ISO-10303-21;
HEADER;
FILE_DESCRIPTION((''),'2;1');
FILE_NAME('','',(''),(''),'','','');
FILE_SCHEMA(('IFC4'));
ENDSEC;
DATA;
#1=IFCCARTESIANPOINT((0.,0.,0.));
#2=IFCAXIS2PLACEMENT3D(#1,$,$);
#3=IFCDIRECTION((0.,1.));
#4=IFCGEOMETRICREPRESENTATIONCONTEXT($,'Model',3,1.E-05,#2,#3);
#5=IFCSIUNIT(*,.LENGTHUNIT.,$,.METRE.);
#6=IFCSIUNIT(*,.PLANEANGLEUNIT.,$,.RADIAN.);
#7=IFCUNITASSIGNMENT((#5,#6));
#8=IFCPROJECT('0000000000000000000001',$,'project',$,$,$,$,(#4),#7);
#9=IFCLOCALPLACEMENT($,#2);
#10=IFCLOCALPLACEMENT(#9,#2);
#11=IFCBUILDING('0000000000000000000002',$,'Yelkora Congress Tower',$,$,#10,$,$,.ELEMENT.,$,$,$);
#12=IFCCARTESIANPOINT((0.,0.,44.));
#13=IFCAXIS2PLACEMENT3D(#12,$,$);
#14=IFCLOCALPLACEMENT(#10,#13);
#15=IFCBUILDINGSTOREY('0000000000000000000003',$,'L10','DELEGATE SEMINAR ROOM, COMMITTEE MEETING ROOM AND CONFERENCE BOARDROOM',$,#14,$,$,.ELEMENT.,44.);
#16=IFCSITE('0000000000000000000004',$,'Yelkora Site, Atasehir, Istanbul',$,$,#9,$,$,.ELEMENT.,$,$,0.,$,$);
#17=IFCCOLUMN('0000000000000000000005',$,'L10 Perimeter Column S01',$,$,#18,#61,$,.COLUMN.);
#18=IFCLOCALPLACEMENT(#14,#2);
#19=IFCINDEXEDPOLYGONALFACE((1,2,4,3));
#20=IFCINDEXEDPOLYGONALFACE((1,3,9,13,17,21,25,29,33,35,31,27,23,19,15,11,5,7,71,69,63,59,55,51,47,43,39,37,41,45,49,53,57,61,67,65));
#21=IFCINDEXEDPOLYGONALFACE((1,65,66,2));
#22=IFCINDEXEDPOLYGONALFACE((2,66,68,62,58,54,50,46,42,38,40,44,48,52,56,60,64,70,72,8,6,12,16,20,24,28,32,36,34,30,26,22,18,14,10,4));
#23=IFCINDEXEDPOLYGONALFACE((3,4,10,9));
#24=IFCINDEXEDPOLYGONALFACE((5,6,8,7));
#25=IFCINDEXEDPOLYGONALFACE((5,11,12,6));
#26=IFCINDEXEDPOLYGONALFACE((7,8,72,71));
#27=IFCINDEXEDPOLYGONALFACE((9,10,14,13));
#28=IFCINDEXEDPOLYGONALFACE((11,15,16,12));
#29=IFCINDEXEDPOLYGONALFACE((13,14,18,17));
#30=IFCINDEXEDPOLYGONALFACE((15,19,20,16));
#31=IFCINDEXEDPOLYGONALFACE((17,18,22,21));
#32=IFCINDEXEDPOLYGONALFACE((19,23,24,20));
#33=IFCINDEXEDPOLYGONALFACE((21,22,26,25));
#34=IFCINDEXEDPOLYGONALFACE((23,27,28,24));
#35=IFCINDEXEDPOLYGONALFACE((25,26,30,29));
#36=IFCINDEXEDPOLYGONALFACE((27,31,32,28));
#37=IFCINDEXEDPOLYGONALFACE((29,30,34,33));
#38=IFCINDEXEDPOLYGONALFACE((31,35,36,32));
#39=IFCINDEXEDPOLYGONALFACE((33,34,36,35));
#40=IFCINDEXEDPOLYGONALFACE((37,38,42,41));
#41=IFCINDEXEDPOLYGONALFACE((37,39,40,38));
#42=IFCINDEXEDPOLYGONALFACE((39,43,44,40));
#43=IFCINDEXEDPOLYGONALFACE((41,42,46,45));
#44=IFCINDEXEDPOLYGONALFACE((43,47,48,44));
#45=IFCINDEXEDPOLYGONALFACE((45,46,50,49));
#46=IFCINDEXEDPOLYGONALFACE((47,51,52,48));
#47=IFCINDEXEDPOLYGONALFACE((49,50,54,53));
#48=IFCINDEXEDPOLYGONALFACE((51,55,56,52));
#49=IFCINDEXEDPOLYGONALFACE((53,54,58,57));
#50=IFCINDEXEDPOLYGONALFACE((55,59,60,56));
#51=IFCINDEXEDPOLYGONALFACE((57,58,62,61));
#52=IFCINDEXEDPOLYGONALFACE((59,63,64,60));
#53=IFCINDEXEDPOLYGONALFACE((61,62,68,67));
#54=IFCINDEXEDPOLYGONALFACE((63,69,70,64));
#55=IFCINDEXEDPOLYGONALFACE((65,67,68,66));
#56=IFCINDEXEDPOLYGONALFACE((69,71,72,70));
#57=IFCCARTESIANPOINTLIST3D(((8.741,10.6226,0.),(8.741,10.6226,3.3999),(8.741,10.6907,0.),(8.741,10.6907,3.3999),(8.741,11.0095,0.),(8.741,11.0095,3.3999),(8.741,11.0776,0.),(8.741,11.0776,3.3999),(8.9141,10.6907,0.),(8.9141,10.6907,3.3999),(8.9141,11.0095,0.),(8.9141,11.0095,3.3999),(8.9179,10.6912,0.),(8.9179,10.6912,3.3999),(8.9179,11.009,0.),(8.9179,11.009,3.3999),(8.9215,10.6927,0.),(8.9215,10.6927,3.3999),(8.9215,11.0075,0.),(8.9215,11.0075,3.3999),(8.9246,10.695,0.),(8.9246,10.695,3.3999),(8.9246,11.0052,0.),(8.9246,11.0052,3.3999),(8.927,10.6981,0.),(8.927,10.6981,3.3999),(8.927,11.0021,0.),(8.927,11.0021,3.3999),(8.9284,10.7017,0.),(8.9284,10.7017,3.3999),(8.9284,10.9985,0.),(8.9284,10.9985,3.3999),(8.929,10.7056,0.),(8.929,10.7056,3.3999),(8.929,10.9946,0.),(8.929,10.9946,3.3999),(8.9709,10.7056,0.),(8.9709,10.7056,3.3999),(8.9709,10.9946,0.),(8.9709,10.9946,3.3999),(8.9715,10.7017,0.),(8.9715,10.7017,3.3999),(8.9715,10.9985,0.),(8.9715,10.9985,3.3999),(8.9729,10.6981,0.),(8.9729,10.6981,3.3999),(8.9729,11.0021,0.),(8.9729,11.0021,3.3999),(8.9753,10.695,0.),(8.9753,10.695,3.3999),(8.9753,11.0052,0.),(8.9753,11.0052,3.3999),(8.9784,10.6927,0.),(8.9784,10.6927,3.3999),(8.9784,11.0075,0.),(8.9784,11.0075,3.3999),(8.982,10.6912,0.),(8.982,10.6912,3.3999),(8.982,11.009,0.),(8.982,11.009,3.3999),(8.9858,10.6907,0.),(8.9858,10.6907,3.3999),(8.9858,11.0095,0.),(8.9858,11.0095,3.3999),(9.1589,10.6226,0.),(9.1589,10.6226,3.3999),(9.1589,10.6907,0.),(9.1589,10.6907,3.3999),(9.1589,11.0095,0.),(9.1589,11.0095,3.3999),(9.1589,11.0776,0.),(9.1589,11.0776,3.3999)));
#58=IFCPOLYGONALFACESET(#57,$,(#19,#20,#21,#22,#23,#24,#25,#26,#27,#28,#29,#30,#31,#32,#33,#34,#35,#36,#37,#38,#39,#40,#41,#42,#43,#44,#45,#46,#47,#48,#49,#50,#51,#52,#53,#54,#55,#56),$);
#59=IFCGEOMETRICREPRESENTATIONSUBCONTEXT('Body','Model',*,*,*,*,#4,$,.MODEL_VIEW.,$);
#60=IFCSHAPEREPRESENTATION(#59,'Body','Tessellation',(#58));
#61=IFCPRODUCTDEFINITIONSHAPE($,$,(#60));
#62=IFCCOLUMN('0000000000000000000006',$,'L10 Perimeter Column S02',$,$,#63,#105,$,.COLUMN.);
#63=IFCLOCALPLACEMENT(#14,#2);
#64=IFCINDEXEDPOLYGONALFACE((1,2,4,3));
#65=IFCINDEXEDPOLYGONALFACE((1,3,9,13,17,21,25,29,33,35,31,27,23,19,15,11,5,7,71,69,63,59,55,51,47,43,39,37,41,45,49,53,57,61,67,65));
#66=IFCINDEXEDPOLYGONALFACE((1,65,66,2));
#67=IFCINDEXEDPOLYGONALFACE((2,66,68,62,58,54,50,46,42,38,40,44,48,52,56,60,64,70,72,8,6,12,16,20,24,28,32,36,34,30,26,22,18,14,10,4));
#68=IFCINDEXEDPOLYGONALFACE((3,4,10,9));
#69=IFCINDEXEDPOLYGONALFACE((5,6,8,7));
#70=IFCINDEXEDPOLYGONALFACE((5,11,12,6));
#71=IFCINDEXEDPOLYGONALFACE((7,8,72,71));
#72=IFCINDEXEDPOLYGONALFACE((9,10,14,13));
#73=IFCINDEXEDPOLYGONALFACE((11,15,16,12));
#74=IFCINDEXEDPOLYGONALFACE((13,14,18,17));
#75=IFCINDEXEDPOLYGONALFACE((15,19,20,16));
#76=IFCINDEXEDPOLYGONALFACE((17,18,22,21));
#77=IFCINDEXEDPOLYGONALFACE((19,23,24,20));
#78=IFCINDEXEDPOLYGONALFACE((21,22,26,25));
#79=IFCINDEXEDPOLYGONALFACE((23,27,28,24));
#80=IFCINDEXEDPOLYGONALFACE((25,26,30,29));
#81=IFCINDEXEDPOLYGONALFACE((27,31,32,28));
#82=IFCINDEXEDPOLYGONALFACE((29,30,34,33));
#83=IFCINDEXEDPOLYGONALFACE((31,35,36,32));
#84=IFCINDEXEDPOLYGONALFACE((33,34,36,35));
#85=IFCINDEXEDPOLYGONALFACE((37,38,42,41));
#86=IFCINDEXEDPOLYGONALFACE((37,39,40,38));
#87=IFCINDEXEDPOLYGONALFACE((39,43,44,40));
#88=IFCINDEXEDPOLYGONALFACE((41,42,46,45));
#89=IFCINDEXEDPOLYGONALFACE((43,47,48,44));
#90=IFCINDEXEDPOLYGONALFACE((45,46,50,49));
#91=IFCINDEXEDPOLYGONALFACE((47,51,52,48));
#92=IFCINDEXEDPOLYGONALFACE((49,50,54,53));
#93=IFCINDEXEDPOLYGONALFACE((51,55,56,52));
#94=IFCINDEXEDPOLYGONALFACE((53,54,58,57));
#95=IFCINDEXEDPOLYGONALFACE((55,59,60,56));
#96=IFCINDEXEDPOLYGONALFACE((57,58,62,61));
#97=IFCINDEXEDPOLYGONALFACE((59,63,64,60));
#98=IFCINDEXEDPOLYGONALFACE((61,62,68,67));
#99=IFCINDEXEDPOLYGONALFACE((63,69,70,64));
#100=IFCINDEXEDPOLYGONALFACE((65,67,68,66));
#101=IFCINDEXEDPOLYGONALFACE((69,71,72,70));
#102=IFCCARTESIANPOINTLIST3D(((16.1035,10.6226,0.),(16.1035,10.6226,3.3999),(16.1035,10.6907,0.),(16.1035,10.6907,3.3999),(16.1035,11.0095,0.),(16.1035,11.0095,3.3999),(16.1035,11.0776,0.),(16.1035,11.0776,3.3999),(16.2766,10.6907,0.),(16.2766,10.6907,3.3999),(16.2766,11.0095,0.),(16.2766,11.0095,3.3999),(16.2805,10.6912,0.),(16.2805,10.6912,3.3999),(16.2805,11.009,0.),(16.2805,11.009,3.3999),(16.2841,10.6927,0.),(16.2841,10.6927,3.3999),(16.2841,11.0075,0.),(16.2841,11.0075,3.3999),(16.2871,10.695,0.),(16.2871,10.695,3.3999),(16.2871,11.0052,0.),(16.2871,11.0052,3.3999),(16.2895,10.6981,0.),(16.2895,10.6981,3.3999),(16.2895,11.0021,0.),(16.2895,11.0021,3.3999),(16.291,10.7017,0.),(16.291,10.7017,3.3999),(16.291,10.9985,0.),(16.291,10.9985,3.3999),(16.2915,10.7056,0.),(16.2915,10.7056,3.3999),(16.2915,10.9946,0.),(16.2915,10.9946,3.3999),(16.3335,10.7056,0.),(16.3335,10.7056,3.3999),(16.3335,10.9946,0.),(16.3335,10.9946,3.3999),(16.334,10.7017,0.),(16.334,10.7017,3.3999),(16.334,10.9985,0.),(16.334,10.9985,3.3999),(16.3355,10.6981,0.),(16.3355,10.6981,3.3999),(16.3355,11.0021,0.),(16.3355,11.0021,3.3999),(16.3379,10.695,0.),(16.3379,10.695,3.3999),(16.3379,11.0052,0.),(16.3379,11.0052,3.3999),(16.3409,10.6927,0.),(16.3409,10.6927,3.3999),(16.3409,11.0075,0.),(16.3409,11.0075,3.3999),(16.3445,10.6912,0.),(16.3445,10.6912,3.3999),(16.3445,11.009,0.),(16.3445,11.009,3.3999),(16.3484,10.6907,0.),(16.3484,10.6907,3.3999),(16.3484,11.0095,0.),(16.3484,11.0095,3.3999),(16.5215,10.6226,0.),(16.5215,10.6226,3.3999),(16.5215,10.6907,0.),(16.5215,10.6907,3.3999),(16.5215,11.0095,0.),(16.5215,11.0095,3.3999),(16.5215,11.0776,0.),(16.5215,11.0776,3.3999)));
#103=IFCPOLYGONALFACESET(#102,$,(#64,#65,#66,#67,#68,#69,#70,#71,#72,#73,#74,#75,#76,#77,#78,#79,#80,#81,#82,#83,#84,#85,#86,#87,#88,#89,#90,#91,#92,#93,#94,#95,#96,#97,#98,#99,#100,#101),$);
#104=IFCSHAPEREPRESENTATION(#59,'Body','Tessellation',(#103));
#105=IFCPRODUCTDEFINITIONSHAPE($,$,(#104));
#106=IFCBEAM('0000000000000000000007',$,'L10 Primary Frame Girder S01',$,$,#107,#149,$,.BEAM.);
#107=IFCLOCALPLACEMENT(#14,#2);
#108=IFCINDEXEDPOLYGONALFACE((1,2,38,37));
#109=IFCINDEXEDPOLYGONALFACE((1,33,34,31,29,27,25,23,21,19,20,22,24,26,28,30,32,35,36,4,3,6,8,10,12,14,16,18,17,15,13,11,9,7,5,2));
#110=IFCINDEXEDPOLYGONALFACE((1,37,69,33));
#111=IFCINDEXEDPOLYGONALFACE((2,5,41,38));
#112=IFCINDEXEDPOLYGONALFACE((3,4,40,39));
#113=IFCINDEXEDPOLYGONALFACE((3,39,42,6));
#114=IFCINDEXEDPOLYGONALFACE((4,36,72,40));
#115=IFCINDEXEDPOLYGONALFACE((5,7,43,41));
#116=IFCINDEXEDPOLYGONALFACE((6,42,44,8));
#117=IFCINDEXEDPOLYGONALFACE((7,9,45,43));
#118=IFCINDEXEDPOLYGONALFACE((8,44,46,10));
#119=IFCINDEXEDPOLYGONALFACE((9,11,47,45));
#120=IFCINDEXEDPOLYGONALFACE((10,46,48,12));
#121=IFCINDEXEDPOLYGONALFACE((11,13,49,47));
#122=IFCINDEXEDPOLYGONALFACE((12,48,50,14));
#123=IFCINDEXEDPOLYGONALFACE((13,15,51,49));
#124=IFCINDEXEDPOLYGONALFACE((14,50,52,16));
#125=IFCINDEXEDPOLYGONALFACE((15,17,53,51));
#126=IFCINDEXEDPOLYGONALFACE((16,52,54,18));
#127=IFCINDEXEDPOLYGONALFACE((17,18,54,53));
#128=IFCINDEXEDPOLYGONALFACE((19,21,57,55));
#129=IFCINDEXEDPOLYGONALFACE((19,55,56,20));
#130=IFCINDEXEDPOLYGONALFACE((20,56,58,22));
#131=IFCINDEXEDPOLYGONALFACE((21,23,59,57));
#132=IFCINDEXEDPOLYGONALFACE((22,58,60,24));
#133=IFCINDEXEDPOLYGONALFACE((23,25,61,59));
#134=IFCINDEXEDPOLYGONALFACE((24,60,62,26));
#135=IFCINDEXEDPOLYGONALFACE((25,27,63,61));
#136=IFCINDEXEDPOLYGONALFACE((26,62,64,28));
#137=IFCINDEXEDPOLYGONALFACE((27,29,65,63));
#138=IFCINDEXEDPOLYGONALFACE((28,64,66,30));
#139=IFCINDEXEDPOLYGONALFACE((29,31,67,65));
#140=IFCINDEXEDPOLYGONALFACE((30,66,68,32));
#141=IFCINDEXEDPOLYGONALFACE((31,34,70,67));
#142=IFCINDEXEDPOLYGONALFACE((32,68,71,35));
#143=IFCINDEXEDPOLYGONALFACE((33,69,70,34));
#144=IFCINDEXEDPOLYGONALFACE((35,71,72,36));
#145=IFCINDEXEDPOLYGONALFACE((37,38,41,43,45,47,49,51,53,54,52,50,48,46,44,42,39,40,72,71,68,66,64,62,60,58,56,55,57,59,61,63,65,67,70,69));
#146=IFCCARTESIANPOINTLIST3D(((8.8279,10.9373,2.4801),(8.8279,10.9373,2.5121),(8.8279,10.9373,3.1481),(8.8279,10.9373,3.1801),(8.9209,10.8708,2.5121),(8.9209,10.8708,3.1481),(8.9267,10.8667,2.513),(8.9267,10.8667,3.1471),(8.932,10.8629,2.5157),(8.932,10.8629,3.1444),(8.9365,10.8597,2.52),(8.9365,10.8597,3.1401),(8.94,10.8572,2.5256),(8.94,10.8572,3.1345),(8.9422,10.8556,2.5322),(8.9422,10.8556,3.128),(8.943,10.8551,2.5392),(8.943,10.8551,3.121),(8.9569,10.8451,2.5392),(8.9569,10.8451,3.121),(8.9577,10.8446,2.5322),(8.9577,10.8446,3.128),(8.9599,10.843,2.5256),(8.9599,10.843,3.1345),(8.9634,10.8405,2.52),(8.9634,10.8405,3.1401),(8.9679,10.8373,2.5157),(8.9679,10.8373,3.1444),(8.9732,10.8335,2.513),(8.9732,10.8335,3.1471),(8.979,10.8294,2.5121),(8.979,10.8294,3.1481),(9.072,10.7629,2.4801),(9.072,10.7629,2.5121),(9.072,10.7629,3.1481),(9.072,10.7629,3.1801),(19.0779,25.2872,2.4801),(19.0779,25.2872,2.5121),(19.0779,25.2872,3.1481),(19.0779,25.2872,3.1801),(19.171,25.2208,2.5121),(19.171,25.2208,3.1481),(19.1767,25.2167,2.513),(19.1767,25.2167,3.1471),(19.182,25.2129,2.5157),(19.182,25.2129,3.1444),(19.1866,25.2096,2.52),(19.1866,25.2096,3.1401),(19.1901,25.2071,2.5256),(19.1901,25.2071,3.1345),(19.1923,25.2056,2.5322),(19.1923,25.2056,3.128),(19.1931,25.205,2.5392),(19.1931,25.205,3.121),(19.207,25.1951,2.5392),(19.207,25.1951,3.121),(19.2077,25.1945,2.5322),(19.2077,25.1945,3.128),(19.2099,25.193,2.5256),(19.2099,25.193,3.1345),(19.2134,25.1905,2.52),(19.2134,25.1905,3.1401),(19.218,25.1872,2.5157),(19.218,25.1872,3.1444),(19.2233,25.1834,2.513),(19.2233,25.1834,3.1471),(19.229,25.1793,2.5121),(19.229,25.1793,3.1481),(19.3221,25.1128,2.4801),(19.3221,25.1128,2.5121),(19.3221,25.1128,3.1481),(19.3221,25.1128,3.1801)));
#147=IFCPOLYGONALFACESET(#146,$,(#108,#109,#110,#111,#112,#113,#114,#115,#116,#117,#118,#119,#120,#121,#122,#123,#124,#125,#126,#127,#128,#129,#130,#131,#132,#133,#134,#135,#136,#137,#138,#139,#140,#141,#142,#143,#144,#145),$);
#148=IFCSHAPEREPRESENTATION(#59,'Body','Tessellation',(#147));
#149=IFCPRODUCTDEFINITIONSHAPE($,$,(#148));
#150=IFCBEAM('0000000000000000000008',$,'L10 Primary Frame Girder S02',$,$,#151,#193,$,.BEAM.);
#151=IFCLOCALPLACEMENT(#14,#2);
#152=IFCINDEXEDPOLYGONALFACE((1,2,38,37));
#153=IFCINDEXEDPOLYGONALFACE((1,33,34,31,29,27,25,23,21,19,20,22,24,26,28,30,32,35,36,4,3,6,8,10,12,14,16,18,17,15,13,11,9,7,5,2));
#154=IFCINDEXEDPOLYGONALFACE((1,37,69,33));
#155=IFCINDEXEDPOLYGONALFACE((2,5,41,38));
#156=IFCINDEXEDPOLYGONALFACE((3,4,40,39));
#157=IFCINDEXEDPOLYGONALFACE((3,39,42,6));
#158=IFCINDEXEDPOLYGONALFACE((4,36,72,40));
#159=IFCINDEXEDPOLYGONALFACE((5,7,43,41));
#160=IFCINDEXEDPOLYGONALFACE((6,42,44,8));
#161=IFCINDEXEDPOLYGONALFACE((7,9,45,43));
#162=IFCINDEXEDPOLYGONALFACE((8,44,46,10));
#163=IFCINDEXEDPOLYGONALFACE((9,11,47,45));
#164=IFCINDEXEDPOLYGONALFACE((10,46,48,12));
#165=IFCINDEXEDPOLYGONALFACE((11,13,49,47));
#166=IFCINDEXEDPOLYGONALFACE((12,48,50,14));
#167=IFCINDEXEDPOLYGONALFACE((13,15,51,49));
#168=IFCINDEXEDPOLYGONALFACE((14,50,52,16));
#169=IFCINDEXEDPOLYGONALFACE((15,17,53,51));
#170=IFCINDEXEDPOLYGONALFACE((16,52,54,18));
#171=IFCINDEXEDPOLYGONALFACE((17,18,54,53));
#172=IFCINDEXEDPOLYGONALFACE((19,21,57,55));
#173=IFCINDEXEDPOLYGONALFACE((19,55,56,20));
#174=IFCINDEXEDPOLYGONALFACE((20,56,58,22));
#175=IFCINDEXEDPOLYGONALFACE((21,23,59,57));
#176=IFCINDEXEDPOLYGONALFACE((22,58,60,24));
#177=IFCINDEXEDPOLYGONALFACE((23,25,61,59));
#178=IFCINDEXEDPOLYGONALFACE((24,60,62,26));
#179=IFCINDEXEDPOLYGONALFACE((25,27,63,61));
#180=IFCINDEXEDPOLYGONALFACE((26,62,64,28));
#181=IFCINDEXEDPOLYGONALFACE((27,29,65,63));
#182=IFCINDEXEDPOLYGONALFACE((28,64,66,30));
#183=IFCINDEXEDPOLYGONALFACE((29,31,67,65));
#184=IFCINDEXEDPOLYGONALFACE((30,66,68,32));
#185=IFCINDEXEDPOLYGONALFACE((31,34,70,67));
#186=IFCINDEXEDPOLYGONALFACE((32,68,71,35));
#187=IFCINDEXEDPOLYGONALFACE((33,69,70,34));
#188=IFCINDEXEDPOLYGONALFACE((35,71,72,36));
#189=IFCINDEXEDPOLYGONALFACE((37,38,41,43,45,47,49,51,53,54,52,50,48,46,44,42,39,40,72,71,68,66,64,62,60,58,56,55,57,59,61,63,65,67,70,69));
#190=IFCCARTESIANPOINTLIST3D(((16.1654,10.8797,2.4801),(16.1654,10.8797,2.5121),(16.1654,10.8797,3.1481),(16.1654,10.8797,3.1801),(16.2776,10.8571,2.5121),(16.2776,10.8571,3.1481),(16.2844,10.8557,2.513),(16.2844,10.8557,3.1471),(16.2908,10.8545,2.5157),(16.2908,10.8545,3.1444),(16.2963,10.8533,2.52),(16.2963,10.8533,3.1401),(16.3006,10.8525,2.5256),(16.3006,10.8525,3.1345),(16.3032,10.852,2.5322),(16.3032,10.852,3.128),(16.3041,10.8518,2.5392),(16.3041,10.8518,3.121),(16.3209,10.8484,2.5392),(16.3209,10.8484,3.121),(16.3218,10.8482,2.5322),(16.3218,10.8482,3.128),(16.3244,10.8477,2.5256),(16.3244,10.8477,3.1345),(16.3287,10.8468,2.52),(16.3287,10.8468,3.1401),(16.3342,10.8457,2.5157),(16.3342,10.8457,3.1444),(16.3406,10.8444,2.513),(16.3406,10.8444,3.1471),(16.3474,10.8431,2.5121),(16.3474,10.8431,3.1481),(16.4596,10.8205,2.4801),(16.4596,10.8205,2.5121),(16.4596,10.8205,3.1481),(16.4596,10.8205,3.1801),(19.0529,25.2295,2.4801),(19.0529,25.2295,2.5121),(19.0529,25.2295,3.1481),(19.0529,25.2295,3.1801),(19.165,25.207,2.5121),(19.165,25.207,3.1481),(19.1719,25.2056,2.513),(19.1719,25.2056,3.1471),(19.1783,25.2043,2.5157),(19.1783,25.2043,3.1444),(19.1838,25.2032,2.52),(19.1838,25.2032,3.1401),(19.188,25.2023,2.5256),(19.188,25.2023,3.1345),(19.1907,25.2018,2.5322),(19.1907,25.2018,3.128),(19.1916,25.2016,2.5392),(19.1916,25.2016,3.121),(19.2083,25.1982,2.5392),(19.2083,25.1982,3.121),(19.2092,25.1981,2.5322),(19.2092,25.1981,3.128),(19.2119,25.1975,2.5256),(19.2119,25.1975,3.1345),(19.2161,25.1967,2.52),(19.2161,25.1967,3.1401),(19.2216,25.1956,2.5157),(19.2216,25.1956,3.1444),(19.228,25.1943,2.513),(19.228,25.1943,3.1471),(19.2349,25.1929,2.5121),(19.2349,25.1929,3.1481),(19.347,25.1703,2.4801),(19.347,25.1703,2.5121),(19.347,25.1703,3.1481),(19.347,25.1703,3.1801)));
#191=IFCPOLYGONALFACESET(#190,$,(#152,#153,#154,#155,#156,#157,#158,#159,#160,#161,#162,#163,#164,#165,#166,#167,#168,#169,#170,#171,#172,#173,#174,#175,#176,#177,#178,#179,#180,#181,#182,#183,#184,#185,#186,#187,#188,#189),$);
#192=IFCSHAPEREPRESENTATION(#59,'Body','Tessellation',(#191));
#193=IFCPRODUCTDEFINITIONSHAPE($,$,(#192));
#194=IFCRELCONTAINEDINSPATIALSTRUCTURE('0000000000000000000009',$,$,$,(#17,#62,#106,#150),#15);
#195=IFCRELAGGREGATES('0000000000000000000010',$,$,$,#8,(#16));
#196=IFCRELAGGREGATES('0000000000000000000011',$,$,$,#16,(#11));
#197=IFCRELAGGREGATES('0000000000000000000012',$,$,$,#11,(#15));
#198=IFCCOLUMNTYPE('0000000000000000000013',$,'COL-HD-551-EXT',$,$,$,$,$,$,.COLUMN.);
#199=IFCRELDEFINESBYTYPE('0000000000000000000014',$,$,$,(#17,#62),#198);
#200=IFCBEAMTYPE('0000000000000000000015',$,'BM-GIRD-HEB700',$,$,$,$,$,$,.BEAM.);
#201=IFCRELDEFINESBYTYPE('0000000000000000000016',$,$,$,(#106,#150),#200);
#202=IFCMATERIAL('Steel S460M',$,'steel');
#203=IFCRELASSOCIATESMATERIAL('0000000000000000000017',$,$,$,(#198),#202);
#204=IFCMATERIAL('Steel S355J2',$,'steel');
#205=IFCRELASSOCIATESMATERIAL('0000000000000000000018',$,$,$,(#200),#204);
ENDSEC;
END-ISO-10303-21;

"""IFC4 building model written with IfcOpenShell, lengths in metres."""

from ifc_helpers import new_model, si_unit, direction, frame, origin, origin_2d, place, context, subcontext, project, spatial, i_section, extrude, material, material_profile, profile_set, type_object, element, save


model = new_model("IFC4")

# Units and contexts
model_context = context("Model", 3, precision=1e-05, world=origin(), true_north=direction((0.0, 1.0)))
body_context = subcontext(model_context, "Body", "Model", "MODEL_VIEW")
ifc_project = project(units=[si_unit("LENGTHUNIT", "METRE"), si_unit("PLANEANGLEUNIT", "RADIAN")], contexts=[model_context])

# Site, building, storey
site_placement = place(None, origin())
site = spatial("IfcSite", under=ifc_project, at=site_placement, Name="Yelkora Site, Atasehir, Istanbul", CompositionType="ELEMENT", RefElevation=0.0)
building_placement = place(site_placement, origin())
building = spatial("IfcBuilding", under=site, at=building_placement, Name="Yelkora Congress Tower", CompositionType="ELEMENT")
storey_placement = place(building_placement, frame((0.0, 0.0, 44.0)))
storey = spatial("IfcBuildingStorey", under=building, at=storey_placement, Name="L10", Description="DELEGATE SEMINAR ROOM, COMMITTEE MEETING ROOM AND CONFERENCE BOARDROOM", CompositionType="ELEMENT", Elevation=44.0)

# Columns
ifc_material_1 = material(Name="Steel S460M", Category="steel")
ifc_material_profile_1 = material_profile(ifc_material_1, i_section(OverallWidth=0.418, OverallDepth=0.4551, WebThickness=0.042, FlangeThickness=0.0681, FilletRadius=0.0149, at=origin_2d()), Name="HD 400x551")
ifc_profile_set_1 = profile_set([ifc_material_profile_1], Name="Steel S460M")
column_type = type_object("IfcColumnType", Name="COL-HD-551-EXT", PredefinedType="COLUMN", material=ifc_profile_set_1)
for number, where, z_axis, x_axis, name in (
    (1, (8.95, 10.8501, 0.0), (0.0, 0.0, 1.0), (1.0, 0.0, 0.0), "L10 Perimeter Column S01"),
    (2, (16.3125, 10.8501, 0.0), (0.0, 0.0, 1.0), (1.0, 0.0, 0.0), "L10 Perimeter Column S02"),
):
    element("IfcColumn", number, at=place(storey_placement, frame(where, z_axis=z_axis, x_axis=x_axis)), inside=storey, type_object=column_type, Name=name, PredefinedType="COLUMN", context=body_context, shape_type="SweptSolid", body=[
        extrude(i_section(OverallWidth=0.418, OverallDepth=0.4551, WebThickness=0.042, FlangeThickness=0.0681, FilletRadius=0.0149, at=origin_2d()), origin(), (0.0, 0.0, 1.0), 3.3999),
    ])

# Beams
ifc_material_2 = material(Name="Steel S355J2", Category="steel")
ifc_material_profile_2 = material_profile(ifc_material_2, i_section(OverallWidth=0.3, OverallDepth=0.7, WebThickness=0.0171, FlangeThickness=0.032, FilletRadius=0.0271, at=origin_2d()), Name="HEB 700")
ifc_profile_set_2 = profile_set([ifc_material_profile_2], Name="Steel S355J2")
beam_type_1 = type_object("IfcBeamType", Name="BM-GIRD-HEB700", PredefinedType="BEAM", material=ifc_profile_set_2)
beam_1_placement = place(storey_placement, frame((8.95, 10.8501, 2.8301), z_axis=(0.581242, 0.813731, 0.0), x_axis=(-0.813731, 0.581242, 0.0)))
element("IfcBeam", 3, at=beam_1_placement, inside=storey, type_object=beam_type_1, Name="L10 Primary Frame Girder S01", PredefinedType="BEAM", context=body_context, shape_type="SweptSolid", body=[
    extrude(i_section(OverallWidth=0.3, OverallDepth=0.7, WebThickness=0.0171, FlangeThickness=0.032, FilletRadius=0.0271, at=origin_2d()), origin(), (0.0, 0.0, 1.0), 17.6348),
])
beam_2_placement = place(storey_placement, frame((16.3125, 10.8501, 2.8301), z_axis=(0.197264, 0.98035, 0.0), x_axis=(-0.98035, 0.197264, 0.0)))
element("IfcBeam", 4, at=beam_2_placement, inside=storey, type_object=beam_type_1, Name="L10 Primary Frame Girder S02", PredefinedType="BEAM", context=body_context, shape_type="SweptSolid", body=[
    extrude(i_section(OverallWidth=0.3, OverallDepth=0.7, WebThickness=0.0171, FlangeThickness=0.032, FilletRadius=0.0271, at=origin_2d()), origin(), (0.0, 0.0, 1.0), 14.6375),
])

save(model, "model.ifc")
